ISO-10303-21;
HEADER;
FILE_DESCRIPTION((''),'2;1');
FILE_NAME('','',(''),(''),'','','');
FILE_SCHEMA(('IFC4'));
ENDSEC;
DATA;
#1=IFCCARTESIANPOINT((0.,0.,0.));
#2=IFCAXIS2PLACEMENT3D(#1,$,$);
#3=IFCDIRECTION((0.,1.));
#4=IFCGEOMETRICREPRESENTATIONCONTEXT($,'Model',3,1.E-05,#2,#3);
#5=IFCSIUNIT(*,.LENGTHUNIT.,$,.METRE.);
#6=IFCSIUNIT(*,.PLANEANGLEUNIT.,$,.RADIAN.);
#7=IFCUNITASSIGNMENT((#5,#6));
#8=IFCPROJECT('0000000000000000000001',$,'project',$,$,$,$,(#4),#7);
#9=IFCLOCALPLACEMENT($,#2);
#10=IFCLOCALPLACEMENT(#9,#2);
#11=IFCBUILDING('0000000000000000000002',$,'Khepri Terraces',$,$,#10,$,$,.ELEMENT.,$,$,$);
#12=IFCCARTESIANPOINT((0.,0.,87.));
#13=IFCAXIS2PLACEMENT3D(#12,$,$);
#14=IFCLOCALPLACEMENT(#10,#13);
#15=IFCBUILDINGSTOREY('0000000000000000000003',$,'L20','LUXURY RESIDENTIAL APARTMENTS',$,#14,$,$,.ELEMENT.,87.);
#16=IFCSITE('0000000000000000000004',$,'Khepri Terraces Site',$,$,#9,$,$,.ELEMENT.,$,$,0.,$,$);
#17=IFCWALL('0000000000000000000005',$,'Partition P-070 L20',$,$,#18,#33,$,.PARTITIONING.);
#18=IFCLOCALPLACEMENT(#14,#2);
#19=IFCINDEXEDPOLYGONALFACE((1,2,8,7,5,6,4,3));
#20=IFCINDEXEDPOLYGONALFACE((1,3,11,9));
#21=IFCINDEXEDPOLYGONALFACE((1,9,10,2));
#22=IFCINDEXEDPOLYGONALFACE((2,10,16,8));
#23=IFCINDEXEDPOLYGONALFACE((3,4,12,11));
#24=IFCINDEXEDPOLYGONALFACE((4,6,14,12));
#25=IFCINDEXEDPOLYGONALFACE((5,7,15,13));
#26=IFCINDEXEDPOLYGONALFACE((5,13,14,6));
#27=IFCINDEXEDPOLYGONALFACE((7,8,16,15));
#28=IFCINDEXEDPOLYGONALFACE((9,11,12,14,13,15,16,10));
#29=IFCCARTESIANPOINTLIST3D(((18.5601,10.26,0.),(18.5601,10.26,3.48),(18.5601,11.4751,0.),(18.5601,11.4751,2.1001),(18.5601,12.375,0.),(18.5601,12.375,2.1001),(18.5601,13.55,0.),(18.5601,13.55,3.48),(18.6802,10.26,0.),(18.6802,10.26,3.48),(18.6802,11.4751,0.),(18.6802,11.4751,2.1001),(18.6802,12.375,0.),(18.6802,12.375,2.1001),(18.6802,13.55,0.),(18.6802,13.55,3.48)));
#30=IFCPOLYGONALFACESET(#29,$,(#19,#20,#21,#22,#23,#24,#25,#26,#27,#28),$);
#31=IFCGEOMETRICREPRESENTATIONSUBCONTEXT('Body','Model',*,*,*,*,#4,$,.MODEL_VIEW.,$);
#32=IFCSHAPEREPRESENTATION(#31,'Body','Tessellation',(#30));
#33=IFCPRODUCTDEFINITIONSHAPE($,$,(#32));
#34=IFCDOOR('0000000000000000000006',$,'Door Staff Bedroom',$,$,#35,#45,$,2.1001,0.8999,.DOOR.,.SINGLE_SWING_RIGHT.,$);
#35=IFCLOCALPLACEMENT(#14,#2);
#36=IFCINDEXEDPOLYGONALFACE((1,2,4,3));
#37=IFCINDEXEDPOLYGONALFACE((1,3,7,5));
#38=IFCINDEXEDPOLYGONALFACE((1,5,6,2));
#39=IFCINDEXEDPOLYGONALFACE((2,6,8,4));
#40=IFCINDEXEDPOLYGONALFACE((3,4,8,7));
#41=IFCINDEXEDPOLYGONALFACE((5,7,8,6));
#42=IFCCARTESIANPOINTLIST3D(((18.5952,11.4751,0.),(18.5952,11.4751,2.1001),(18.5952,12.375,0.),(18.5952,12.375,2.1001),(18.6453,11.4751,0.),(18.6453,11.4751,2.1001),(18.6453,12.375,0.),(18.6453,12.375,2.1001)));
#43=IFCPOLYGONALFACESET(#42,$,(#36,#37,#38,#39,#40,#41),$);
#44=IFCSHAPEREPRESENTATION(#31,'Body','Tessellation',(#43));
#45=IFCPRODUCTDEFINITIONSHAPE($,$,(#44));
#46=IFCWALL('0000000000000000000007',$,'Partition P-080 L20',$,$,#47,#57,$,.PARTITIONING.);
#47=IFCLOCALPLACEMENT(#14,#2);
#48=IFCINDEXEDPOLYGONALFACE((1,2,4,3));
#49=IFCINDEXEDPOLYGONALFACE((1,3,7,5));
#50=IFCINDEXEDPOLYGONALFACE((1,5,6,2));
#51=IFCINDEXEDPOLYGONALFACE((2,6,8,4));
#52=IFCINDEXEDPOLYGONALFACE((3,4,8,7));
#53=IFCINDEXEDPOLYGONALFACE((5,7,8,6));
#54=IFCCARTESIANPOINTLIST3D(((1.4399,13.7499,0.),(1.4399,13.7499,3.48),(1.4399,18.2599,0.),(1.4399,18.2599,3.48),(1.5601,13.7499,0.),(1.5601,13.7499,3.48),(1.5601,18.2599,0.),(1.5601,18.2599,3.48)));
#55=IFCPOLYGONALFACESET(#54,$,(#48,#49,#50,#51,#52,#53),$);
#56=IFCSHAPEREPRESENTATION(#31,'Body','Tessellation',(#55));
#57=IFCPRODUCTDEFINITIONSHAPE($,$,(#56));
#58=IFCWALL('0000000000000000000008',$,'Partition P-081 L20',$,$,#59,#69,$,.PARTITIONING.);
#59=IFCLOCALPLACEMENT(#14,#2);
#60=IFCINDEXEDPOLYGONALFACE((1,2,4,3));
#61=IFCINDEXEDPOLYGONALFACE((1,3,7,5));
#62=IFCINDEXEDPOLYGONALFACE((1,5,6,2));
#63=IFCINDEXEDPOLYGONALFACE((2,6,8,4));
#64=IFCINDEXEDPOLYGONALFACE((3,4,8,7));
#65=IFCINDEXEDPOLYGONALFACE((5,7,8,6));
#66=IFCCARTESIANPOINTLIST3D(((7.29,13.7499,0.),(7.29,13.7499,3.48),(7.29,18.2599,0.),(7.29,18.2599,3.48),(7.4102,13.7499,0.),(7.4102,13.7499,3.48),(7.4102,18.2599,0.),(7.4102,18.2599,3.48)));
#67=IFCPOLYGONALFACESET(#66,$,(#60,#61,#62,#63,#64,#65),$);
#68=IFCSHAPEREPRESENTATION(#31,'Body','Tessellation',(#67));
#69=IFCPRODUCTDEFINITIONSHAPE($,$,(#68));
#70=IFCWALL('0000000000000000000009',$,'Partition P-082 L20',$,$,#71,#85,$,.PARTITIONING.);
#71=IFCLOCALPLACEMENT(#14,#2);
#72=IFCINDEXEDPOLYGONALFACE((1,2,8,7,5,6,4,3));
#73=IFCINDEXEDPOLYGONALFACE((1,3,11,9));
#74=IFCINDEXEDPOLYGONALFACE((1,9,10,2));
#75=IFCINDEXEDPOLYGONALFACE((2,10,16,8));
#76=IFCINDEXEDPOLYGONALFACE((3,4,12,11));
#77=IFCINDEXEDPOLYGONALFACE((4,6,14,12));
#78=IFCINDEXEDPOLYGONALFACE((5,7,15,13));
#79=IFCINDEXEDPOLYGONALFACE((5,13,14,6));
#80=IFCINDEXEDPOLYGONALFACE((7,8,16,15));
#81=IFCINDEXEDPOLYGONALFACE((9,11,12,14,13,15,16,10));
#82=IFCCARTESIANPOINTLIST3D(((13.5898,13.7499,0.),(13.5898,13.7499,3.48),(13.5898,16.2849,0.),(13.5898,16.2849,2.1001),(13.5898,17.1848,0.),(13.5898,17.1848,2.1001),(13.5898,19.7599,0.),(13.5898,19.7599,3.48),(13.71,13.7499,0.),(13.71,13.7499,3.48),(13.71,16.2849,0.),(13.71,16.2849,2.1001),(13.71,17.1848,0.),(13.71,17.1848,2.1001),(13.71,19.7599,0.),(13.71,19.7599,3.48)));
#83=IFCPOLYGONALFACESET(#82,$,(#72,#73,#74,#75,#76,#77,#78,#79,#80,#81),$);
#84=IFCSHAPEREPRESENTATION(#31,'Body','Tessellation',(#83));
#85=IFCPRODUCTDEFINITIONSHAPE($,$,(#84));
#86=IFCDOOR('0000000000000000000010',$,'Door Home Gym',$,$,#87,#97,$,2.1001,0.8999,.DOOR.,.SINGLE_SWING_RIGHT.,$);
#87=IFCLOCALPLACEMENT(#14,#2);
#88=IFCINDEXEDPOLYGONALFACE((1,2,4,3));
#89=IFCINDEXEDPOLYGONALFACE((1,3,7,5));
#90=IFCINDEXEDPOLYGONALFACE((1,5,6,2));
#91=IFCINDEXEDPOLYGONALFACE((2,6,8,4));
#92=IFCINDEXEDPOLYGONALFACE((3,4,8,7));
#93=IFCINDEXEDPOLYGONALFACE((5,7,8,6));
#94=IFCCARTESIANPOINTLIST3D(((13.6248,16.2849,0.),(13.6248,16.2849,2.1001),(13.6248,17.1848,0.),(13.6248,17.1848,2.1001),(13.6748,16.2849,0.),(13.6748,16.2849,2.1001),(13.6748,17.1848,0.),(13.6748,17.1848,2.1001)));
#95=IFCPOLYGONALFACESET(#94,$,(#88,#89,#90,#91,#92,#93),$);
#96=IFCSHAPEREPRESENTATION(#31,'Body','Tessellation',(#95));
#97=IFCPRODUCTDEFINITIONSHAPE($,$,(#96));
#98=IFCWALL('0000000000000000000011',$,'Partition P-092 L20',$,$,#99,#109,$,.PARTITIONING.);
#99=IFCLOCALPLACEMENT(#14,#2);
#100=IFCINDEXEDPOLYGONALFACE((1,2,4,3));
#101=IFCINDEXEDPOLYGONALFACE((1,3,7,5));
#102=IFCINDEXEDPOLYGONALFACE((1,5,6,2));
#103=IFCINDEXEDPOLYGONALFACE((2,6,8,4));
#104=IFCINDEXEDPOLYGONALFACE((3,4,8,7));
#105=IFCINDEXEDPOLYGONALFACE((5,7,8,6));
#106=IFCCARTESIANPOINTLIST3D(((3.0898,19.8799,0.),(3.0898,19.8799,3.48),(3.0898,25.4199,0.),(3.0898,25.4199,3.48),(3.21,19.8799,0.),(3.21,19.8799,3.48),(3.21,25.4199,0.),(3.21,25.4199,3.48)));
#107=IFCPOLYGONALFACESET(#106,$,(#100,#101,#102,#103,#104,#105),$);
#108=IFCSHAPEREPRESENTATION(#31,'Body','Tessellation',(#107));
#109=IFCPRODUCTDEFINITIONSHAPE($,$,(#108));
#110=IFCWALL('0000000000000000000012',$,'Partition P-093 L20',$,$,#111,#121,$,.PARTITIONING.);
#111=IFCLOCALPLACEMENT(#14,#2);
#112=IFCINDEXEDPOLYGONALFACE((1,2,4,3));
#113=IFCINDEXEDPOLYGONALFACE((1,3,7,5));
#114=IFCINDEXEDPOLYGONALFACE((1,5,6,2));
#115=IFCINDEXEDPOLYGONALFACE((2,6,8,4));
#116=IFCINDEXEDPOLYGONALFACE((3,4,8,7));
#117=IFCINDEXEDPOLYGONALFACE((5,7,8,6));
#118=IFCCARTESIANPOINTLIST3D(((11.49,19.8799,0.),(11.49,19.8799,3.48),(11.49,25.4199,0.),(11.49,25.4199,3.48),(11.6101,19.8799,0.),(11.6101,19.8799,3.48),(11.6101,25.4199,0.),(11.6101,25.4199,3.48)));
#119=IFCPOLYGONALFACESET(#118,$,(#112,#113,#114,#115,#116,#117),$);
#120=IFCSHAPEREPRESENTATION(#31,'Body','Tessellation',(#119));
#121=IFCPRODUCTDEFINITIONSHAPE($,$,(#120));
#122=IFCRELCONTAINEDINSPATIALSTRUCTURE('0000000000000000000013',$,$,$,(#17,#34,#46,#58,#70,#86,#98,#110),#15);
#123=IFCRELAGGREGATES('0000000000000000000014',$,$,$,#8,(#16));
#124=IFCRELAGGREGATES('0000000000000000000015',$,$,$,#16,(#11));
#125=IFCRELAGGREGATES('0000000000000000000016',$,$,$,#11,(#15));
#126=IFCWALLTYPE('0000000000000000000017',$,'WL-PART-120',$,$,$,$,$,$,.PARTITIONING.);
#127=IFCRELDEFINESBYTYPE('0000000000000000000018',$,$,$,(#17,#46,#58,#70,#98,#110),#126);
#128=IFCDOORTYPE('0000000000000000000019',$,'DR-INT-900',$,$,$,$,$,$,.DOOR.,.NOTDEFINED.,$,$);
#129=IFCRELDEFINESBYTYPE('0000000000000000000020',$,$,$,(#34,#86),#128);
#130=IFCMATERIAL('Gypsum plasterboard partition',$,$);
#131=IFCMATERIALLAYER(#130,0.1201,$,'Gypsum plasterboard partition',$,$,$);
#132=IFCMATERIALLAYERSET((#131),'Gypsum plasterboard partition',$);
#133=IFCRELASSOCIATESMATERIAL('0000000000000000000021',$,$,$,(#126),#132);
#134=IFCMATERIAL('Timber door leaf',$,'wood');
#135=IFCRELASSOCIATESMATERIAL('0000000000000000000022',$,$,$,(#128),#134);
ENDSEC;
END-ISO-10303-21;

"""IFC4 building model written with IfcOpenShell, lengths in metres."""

from ifc_helpers import new_model, si_unit, direction, frame, frame_2d, origin, place, context, subcontext, project, spatial, rectangle, extrude, material, layer, layer_set, type_object, element, fill, save


model = new_model("IFC4")

# Units and contexts
model_context = context("Model", 3, precision=1e-05, world=origin(), true_north=direction((0.0, 1.0)))
body_context = subcontext(model_context, "Body", "Model", "MODEL_VIEW")
ifc_project = project(units=[si_unit("LENGTHUNIT", "METRE"), si_unit("PLANEANGLEUNIT", "RADIAN")], contexts=[model_context])

# Site, building, storey
site_placement = place(None, origin())
site = spatial("IfcSite", under=ifc_project, at=site_placement, Name="Khepri Terraces Site", CompositionType="ELEMENT", RefElevation=0.0)
building_placement = place(site_placement, origin())
building = spatial("IfcBuilding", under=site, at=building_placement, Name="Khepri Terraces", CompositionType="ELEMENT")
storey_placement = place(building_placement, frame((0.0, 0.0, 87.0)))
storey = spatial("IfcBuildingStorey", under=building, at=storey_placement, Name="L20", Description="LUXURY RESIDENTIAL APARTMENTS", CompositionType="ELEMENT", Elevation=87.0)

# Shared definitions
ifc_material_1 = material(Name="Gypsum plasterboard partition")
ifc_layer_1 = layer(ifc_material_1, 0.1201, Name="Gypsum plasterboard partition")
ifc_layer_set_1 = layer_set([ifc_layer_1], Name="Gypsum plasterboard partition")
wall_type_1 = type_object("IfcWallType", Name="WL-PART-120", PredefinedType="PARTITIONING", material=ifc_layer_set_1)

# Wall, opening, door
wall_1_placement = place(storey_placement, frame((18.6201, 10.26, 0.0), z_axis=(0.0, 0.0, 1.0), x_axis=(0.0, 1.0, 0.0)))
wall_1 = element("IfcWall", 1, at=wall_1_placement, inside=storey, type_object=wall_type_1, Name="Partition P-070 L20", PredefinedType="PARTITIONING", context=body_context, shape_type="SweptSolid", body=[
    extrude(rectangle(XDim=3.29, YDim=0.1201, at=frame_2d((1.645, 0.0))), origin(), (0.0, 0.0, 1.0), 3.48),
])
opening_1_placement = place(wall_1_placement, frame((1.2151, 0.0, 0.0)))
opening_1 = element("IfcOpeningElement", 2, at=opening_1_placement, cuts=wall_1, PredefinedType="OPENING", context=body_context, shape_type="SweptSolid", body=[
    extrude(rectangle(XDim=0.8999, YDim=2.1001, at=frame_2d((0.45, 1.05))), frame((0.0, 0.0701, 0.0), z_axis=(0.0, -1.0, 0.0), x_axis=(1.0, 0.0, 0.0)), (0.0, 0.0, 1.0), 0.1401),
])
ifc_material_2 = material(Name="Timber door leaf", Category="wood")
door_type_1 = type_object("IfcDoorType", Name="DR-INT-900", OperationType="NOTDEFINED", PredefinedType="DOOR", material=ifc_material_2)
door_1_placement = place(opening_1_placement, origin())
door_1 = element("IfcDoor", 3, at=door_1_placement, inside=storey, type_object=door_type_1, Name="Door Staff Bedroom", OperationType="SINGLE_SWING_RIGHT", OverallHeight=2.1001, OverallWidth=0.8999, PredefinedType="DOOR", context=body_context, shape_type="SweptSolid", body=[
    extrude(rectangle(XDim=0.8999, YDim=2.1001, at=frame_2d((0.45, 1.05))), frame((0.0, 0.0249, 0.0), z_axis=(0.0, -1.0, 0.0), x_axis=(1.0, 0.0, 0.0)), (0.0, 0.0, 1.0), 0.05),
])
fill(opening_1, door_1)

# Walls
for number, where, z_axis, x_axis, name in (
    (4, (1.5, 13.75, 0.0), (0.0, 0.0, 1.0), (0.0, 1.0, 0.0), "Partition P-080 L20"),
    (5, (7.3501, 13.75, 0.0), (0.0, 0.0, 1.0), (0.0, 1.0, 0.0), "Partition P-081 L20"),
):
    element("IfcWall", number, at=place(storey_placement, frame(where, z_axis=z_axis, x_axis=x_axis)), inside=storey, type_object=wall_type_1, Name=name, PredefinedType="PARTITIONING", context=body_context, shape_type="SweptSolid", body=[
        extrude(rectangle(XDim=4.51, YDim=0.1201, at=frame_2d((2.2549, 0.0))), origin(), (0.0, 0.0, 1.0), 3.48),
    ])

# Wall, opening, door
wall_2_placement = place(storey_placement, frame((13.6499, 13.75, 0.0), z_axis=(0.0, 0.0, 1.0), x_axis=(0.0, 1.0, 0.0)))
wall_2 = element("IfcWall", 6, at=wall_2_placement, inside=storey, type_object=wall_type_1, Name="Partition P-082 L20", PredefinedType="PARTITIONING", context=body_context, shape_type="SweptSolid", body=[
    extrude(rectangle(XDim=6.01, YDim=0.1201, at=frame_2d((3.0049, 0.0))), origin(), (0.0, 0.0, 1.0), 3.48),
])
opening_2_placement = place(wall_2_placement, frame((2.5349, 0.0, 0.0)))
opening_2 = element("IfcOpeningElement", 7, at=opening_2_placement, cuts=wall_2, PredefinedType="OPENING", context=body_context, shape_type="SweptSolid", body=[
    extrude(rectangle(XDim=0.8999, YDim=2.1001, at=frame_2d((0.45, 1.05))), frame((0.0, 0.0701, 0.0), z_axis=(0.0, -1.0, 0.0), x_axis=(1.0, 0.0, 0.0)), (0.0, 0.0, 1.0), 0.1401),
])
door_2_placement = place(opening_2_placement, frame((0.8999, 0.0, 0.0), z_axis=(0.0, 0.0, 1.0), x_axis=(-1.0, 0.0, 0.0)))
door_2 = element("IfcDoor", 8, at=door_2_placement, inside=storey, type_object=door_type_1, Name="Door Home Gym", OperationType="SINGLE_SWING_RIGHT", OverallHeight=2.1001, OverallWidth=0.8999, PredefinedType="DOOR", context=body_context, shape_type="SweptSolid", body=[
    extrude(rectangle(XDim=0.8999, YDim=2.1001, at=frame_2d((0.45, 1.05))), frame((0.0, 0.0249, 0.0), z_axis=(0.0, -1.0, 0.0), x_axis=(1.0, 0.0, 0.0)), (0.0, 0.0, 1.0), 0.05),
])
fill(opening_2, door_2)

# Walls
for number, where, z_axis, x_axis, name in (
    (9, (3.1499, 19.8799, 0.0), (0.0, 0.0, 1.0), (0.0, 1.0, 0.0), "Partition P-092 L20"),
    (10, (11.55, 19.8799, 0.0), (0.0, 0.0, 1.0), (0.0, 1.0, 0.0), "Partition P-093 L20"),
):
    element("IfcWall", number, at=place(storey_placement, frame(where, z_axis=z_axis, x_axis=x_axis)), inside=storey, type_object=wall_type_1, Name=name, PredefinedType="PARTITIONING", context=body_context, shape_type="SweptSolid", body=[
        extrude(rectangle(XDim=5.54, YDim=0.1201, at=frame_2d((2.77, 0.0))), origin(), (0.0, 0.0, 1.0), 3.48),
    ])

save(model, "model.ifc")
